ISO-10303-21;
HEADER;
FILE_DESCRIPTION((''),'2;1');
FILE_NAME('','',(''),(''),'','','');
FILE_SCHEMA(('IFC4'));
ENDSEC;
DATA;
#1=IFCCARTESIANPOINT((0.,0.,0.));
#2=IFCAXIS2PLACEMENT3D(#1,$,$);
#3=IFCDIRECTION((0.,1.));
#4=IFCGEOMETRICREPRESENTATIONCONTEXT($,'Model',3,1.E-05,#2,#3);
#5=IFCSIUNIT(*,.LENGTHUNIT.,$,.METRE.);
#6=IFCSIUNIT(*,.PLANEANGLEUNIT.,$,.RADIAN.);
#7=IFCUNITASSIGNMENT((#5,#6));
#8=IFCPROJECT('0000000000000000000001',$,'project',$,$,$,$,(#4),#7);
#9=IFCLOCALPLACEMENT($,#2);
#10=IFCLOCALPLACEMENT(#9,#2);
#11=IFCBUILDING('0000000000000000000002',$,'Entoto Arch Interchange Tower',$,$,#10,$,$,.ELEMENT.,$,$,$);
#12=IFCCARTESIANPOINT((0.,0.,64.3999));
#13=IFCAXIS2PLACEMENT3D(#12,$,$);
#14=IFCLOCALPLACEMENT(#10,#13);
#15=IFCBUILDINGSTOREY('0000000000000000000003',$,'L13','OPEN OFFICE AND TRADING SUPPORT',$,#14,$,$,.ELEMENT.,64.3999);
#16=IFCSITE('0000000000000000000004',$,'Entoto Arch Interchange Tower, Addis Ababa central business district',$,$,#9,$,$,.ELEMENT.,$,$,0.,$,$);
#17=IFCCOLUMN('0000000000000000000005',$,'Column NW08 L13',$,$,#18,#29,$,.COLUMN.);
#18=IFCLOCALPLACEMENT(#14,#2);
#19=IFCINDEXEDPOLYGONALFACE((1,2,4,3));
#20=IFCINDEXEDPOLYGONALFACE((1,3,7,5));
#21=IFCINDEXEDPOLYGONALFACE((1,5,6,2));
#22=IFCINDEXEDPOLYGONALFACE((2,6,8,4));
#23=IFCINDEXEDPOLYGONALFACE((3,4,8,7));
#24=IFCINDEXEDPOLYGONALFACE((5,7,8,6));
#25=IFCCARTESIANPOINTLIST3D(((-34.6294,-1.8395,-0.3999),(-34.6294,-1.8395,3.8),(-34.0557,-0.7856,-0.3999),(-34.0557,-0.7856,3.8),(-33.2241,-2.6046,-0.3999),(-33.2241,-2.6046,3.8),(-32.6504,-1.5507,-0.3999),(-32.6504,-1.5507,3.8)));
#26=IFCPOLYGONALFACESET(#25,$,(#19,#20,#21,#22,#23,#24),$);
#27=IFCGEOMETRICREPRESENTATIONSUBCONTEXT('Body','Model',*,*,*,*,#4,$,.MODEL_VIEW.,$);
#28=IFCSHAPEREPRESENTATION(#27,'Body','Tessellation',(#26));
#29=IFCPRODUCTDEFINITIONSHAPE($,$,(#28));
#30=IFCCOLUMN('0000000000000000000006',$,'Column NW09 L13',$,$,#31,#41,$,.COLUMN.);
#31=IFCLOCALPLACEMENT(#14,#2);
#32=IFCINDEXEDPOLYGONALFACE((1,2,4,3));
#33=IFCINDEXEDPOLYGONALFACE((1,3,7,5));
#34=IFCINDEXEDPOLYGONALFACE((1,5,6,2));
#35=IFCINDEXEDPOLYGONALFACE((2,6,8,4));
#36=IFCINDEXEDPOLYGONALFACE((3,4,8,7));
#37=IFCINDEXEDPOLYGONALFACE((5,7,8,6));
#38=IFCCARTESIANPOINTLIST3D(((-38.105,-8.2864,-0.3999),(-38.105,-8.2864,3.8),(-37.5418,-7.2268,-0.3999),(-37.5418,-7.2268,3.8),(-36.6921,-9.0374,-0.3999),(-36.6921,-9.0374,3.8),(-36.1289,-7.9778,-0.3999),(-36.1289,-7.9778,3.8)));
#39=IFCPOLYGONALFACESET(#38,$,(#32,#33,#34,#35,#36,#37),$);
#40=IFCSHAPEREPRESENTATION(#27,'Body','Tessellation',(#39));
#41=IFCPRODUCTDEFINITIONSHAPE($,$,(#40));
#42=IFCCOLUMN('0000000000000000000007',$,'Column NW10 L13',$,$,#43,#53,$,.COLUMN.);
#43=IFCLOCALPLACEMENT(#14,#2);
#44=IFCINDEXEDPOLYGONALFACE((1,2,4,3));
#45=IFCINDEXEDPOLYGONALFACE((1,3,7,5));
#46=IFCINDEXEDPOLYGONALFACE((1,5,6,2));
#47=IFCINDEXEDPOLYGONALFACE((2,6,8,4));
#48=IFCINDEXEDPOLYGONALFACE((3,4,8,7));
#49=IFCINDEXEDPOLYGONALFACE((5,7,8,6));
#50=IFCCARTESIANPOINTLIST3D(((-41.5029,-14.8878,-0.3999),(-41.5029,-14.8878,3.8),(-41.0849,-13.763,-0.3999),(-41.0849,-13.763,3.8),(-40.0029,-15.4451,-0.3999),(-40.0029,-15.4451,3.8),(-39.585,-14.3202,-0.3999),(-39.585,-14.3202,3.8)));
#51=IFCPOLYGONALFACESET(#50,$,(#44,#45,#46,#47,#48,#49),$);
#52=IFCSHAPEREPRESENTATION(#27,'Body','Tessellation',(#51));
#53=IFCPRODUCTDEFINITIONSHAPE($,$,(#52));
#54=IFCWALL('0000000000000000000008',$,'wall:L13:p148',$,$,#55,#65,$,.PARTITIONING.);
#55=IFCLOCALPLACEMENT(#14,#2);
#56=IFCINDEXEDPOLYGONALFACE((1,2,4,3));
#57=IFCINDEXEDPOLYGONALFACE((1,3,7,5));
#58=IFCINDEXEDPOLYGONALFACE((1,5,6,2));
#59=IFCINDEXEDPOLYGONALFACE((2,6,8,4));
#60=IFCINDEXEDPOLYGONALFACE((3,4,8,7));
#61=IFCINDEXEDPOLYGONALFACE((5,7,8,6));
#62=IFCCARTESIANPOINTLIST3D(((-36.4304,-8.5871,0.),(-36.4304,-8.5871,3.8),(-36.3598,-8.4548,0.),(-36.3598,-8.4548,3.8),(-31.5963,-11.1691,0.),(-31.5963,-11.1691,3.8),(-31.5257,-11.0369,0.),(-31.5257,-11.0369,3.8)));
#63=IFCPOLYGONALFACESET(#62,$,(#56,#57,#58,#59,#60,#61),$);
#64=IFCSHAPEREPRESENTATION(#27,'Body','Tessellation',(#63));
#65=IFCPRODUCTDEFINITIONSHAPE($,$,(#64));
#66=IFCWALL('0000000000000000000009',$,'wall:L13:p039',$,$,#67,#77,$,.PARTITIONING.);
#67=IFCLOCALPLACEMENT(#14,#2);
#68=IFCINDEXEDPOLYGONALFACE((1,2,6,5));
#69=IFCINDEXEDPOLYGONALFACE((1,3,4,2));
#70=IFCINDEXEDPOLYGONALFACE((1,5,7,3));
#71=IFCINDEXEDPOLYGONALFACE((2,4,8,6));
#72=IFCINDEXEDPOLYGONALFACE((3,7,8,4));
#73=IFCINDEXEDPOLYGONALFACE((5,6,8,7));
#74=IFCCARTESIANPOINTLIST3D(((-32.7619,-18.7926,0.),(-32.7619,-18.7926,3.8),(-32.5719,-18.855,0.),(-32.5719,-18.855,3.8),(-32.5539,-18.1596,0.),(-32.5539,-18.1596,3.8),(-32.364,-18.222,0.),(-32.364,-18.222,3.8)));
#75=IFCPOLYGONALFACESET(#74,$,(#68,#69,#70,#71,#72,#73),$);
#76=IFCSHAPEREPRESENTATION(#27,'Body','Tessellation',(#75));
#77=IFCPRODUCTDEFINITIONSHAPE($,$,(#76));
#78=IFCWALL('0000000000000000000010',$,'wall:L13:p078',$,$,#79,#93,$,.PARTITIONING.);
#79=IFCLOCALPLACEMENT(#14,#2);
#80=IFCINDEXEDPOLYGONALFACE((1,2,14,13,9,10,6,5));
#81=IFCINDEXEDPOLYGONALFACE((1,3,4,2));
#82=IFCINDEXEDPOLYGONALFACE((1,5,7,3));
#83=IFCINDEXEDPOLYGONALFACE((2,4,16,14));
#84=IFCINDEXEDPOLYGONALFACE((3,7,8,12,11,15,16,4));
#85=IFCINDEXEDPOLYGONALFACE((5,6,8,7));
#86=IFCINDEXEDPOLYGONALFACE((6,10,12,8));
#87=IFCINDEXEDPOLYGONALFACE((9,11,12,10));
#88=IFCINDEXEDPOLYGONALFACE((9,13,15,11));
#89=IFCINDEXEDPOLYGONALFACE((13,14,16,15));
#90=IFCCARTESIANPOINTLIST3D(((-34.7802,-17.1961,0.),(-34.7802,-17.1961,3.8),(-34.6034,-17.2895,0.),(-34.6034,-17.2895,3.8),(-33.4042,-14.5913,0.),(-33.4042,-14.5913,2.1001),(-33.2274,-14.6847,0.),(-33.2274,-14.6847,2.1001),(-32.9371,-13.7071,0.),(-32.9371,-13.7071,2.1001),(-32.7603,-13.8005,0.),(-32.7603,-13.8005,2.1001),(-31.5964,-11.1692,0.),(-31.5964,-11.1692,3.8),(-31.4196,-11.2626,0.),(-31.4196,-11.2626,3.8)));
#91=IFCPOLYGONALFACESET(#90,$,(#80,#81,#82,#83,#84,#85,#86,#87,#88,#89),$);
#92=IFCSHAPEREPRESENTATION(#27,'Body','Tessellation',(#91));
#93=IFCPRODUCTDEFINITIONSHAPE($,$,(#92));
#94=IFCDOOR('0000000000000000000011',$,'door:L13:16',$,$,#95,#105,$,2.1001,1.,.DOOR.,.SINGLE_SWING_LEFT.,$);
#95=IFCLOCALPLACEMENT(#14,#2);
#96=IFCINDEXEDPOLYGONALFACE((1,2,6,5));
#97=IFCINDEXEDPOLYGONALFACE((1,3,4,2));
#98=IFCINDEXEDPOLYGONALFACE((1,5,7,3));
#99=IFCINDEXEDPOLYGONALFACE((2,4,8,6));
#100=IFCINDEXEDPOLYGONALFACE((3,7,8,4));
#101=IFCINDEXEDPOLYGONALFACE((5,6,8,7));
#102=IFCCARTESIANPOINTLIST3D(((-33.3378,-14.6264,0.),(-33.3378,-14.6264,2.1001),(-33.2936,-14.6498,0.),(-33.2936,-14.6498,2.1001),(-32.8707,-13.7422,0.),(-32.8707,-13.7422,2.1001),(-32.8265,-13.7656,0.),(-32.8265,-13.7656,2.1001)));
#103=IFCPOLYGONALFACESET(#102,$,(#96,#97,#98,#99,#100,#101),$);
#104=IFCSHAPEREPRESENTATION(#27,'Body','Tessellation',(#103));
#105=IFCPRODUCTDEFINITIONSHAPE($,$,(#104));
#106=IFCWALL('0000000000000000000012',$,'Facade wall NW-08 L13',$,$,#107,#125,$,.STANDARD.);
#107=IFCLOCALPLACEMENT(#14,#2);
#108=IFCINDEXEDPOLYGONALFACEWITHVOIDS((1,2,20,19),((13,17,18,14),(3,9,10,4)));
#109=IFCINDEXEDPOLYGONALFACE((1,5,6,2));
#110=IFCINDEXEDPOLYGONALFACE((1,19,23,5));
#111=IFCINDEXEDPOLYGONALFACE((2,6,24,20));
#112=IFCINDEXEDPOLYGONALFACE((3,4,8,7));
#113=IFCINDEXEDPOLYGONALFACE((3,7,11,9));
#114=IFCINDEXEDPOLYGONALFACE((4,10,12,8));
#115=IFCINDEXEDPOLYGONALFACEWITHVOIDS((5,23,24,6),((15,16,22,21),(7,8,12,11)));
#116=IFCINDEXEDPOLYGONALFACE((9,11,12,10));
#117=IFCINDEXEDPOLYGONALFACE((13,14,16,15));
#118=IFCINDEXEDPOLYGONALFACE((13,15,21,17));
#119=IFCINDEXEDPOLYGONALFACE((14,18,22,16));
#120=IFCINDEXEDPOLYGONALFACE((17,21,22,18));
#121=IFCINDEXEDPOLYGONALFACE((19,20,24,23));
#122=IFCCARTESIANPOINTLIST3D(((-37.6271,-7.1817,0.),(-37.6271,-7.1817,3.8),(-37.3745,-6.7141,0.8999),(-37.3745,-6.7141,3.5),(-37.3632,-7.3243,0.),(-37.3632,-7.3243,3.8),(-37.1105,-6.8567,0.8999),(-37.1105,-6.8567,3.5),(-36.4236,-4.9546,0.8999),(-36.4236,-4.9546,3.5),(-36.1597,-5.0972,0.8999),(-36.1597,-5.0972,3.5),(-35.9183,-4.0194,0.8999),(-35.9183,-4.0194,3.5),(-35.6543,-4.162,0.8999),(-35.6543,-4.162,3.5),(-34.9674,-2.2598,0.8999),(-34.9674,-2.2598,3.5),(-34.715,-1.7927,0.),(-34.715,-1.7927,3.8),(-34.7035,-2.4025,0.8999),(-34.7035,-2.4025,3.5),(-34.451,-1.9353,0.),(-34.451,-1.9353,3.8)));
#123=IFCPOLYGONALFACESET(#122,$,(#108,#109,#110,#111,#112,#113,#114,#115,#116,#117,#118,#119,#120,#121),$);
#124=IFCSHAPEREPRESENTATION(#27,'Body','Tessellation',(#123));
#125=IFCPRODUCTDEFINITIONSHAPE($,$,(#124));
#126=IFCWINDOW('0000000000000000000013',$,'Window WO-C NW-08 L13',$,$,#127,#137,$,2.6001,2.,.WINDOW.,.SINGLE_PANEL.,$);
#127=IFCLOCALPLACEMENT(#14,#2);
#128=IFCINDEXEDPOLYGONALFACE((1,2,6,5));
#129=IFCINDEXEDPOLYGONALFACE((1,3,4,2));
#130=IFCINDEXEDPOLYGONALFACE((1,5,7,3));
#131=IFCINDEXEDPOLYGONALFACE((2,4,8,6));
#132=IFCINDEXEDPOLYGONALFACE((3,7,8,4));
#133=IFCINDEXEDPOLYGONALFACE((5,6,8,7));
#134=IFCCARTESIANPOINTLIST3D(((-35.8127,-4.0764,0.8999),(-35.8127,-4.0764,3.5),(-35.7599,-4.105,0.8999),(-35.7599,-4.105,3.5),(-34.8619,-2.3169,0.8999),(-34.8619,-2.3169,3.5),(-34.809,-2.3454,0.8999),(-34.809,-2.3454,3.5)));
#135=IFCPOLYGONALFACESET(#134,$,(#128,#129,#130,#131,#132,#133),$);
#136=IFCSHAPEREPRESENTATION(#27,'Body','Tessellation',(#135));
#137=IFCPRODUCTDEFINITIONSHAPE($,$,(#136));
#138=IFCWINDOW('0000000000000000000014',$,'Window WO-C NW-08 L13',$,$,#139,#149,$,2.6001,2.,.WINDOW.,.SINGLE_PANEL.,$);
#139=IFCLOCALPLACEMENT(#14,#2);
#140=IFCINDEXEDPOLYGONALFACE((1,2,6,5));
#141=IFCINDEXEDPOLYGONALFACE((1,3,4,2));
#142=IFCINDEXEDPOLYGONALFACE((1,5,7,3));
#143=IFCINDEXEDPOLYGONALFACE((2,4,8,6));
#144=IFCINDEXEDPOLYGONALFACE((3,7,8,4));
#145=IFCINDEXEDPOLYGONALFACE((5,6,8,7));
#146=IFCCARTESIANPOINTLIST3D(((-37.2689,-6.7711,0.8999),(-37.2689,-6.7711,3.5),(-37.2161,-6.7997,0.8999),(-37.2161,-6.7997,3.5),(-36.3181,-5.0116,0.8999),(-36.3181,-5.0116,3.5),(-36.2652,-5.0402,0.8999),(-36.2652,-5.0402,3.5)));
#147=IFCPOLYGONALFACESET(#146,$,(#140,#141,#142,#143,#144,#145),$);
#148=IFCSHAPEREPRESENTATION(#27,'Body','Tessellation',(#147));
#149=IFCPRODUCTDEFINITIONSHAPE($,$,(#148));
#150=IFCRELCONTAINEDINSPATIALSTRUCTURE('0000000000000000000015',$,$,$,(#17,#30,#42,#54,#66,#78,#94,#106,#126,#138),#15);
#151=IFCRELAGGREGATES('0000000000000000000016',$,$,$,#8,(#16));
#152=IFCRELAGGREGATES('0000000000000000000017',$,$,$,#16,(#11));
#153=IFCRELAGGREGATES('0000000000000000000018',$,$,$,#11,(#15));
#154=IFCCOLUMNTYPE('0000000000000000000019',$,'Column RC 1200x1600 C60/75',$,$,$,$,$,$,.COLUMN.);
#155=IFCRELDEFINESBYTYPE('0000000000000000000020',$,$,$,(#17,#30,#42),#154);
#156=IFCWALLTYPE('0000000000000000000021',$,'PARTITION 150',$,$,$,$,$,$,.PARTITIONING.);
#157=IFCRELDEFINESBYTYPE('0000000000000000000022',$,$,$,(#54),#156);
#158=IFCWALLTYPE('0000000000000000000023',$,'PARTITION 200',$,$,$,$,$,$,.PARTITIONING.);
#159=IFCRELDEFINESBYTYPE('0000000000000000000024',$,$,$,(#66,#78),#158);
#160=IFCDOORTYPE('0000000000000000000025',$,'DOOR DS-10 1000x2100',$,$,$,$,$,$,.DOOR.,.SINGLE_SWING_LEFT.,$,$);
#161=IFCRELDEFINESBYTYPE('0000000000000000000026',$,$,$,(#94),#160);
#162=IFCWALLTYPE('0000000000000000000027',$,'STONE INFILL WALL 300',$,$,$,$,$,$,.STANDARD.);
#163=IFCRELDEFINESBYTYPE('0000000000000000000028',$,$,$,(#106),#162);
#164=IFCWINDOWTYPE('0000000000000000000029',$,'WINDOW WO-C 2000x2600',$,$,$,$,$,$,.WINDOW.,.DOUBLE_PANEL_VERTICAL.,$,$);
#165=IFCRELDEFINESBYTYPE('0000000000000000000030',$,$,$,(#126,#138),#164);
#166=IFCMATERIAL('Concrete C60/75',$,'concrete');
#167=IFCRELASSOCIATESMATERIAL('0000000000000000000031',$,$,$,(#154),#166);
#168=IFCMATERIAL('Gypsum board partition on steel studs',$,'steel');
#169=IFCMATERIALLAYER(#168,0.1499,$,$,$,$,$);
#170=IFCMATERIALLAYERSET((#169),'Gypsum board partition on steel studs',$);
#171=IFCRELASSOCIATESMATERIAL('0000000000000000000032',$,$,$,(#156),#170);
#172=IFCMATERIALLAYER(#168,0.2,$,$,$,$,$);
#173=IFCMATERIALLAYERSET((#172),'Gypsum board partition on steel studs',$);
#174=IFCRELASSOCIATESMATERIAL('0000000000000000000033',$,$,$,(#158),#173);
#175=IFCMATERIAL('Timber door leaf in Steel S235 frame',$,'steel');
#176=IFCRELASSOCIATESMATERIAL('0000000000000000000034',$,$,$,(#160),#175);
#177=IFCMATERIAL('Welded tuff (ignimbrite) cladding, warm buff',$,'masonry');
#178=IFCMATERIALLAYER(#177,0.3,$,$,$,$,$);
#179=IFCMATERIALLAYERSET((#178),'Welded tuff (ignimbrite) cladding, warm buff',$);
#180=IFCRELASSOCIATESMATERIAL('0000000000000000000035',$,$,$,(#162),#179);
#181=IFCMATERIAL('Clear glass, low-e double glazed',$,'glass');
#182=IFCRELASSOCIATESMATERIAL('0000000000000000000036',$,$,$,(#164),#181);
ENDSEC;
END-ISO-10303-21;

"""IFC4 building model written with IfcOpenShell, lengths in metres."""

from ifc_helpers import new_model, si_unit, direction, frame, frame_2d, origin, origin_2d, place, context, subcontext, project, spatial, rectangle, extrude, material, layer, layer_set, material_profile, profile_set, type_object, element, fill, save


model = new_model("IFC4")

# Units and contexts
model_context = context("Model", 3, precision=1e-05, world=origin(), true_north=direction((0.0, 1.0)))
body_context = subcontext(model_context, "Body", "Model", "MODEL_VIEW")
ifc_project = project(units=[si_unit("LENGTHUNIT", "METRE"), si_unit("PLANEANGLEUNIT", "RADIAN")], contexts=[model_context])

# Site, building, storey
site_placement = place(None, origin())
site = spatial("IfcSite", under=ifc_project, at=site_placement, Name="Entoto Arch Interchange Tower, Addis Ababa central business district", CompositionType="ELEMENT", RefElevation=0.0)
building_placement = place(site_placement, origin())
building = spatial("IfcBuilding", under=site, at=building_placement, Name="Entoto Arch Interchange Tower", CompositionType="ELEMENT")
storey_placement = place(building_placement, frame((0.0, 0.0, 64.3999)))
storey = spatial("IfcBuildingStorey", under=building, at=storey_placement, Name="L13", Description="OPEN OFFICE AND TRADING SUPPORT", CompositionType="ELEMENT", Elevation=64.3999)

# Columns
ifc_material_1 = material(Name="Concrete C60/75", Category="concrete")
ifc_material_profile = material_profile(ifc_material_1, rectangle(XDim=1.2, YDim=1.6001, at=origin_2d()))
ifc_profile_set = profile_set([ifc_material_profile], Name="Concrete C60/75")
column_type = type_object("IfcColumnType", Name="Column RC 1200x1600 C60/75", PredefinedType="COLUMN", material=ifc_profile_set)
for number, where, z_axis, x_axis, name in (
    (1, (-33.6399, -1.6951, -0.3999), (0.0, 0.0, 1.0), (0.47814, 0.878284, 0.0), "Column NW08 L13"),
    (2, (-37.1169, -8.1321, -0.3999), (0.0, 0.0, 1.0), (0.469317, 0.88303, 0.0), "Column NW09 L13"),
    (3, (-40.5439, -14.604, -0.3999), (0.0, 0.0, 1.0), (0.348278, 0.937391, 0.0), "Column NW10 L13"),
):
    element("IfcColumn", number, at=place(storey_placement, frame(where, z_axis=z_axis, x_axis=x_axis)), inside=storey, type_object=column_type, Name=name, PredefinedType="COLUMN", context=body_context, shape_type="SweptSolid", body=[
        extrude(rectangle(XDim=1.2, YDim=1.6001, at=origin_2d()), origin(), (0.0, 0.0, 1.0), 4.2),
    ])

# Walls
ifc_material_2 = material(Name="Gypsum board partition on steel studs", Category="steel")
ifc_layer_1 = layer(ifc_material_2, 0.1499)
ifc_layer_set_1 = layer_set([ifc_layer_1], Name="Gypsum board partition on steel studs")
wall_type_1 = type_object("IfcWallType", Name="PARTITION 150", PredefinedType="PARTITIONING", material=ifc_layer_set_1)
wall_1_placement = place(storey_placement, frame((-31.561, -11.103, 0.0), z_axis=(0.0, 0.0, 1.0), x_axis=(-0.882057, 0.471143, 0.0)))
element("IfcWall", 4, at=wall_1_placement, inside=storey, type_object=wall_type_1, Name="wall:L13:p148", PredefinedType="PARTITIONING", context=body_context, shape_type="SweptSolid", body=[
    extrude(rectangle(XDim=5.4805, YDim=0.1499, at=frame_2d((2.7402, 0.0))), origin(), (0.0, 0.0, 1.0), 3.8),
])
ifc_layer_2 = layer(ifc_material_2, 0.2)
ifc_layer_set_2 = layer_set([ifc_layer_2], Name="Gypsum board partition on steel studs")
wall_type_2 = type_object("IfcWallType", Name="PARTITION 200", PredefinedType="PARTITIONING", material=ifc_layer_set_2)
wall_2_placement = place(storey_placement, frame((-32.459, -18.1909, 0.0), z_axis=(0.0, 0.0, 1.0), x_axis=(-0.312158, -0.95003, 0.0)))
element("IfcWall", 5, at=wall_2_placement, inside=storey, type_object=wall_type_2, Name="wall:L13:p039", PredefinedType="PARTITIONING", context=body_context, shape_type="SweptSolid", body=[
    extrude(rectangle(XDim=0.6663, YDim=0.2, at=frame_2d((0.333, 0.0))), origin(), (0.0, 0.0, 1.0), 3.8),
])

# Wall, opening, door
wall_3_placement = place(storey_placement, frame((-34.6919, -17.2429, 0.0), z_axis=(0.0, 0.0, 1.0), x_axis=(0.467103, 0.884203, 0.0)))
wall_3 = element("IfcWall", 6, at=wall_3_placement, inside=storey, type_object=wall_type_2, Name="wall:L13:p078", PredefinedType="PARTITIONING", context=body_context, shape_type="SweptSolid", body=[
    extrude(rectangle(XDim=6.8162, YDim=0.2, at=frame_2d((3.4082, 0.0))), origin(), (0.0, 0.0, 1.0), 3.8),
])
opening_1_placement = place(wall_3_placement, frame((2.946, 0.0, 0.0)))
opening_1 = element("IfcOpeningElement", 7, at=opening_1_placement, cuts=wall_3, PredefinedType="OPENING", context=body_context, shape_type="SweptSolid", body=[
    extrude(rectangle(XDim=1.0, YDim=2.1001, at=frame_2d((0.5, 1.05))), frame((0.0, 0.1099, 0.0), z_axis=(0.0, -1.0, 0.0), x_axis=(1.0, 0.0, 0.0)), (0.0, 0.0, 1.0), 0.22),
])
ifc_material_3 = material(Name="Timber door leaf in Steel S235 frame", Category="steel")
door_type = type_object("IfcDoorType", Name="DOOR DS-10 1000x2100", OperationType="SINGLE_SWING_LEFT", PredefinedType="DOOR", material=ifc_material_3)
door_placement = place(opening_1_placement, origin())
door = element("IfcDoor", 8, at=door_placement, inside=storey, type_object=door_type, Name="door:L13:16", OperationType="SINGLE_SWING_LEFT", OverallHeight=2.1001, OverallWidth=1.0, PredefinedType="DOOR", context=body_context, shape_type="SweptSolid", body=[
    extrude(rectangle(XDim=1.0, YDim=2.1001, at=frame_2d((0.5, 1.05))), frame((0.0, 0.0249, 0.0), z_axis=(0.0, -1.0, 0.0), x_axis=(1.0, 0.0, 0.0)), (0.0, 0.0, 1.0), 0.05),
])
fill(opening_1, door)

# Wall, openings, windows
ifc_material_4 = material(Name="Welded tuff (ignimbrite) cladding, warm buff", Category="masonry")
ifc_layer_3 = layer(ifc_material_4, 0.3)
ifc_layer_set_3 = layer_set([ifc_layer_3], Name="Welded tuff (ignimbrite) cladding, warm buff")
wall_type_3 = type_object("IfcWallType", Name="STONE INFILL WALL 300", PredefinedType="STANDARD", material=ifc_layer_set_3)
wall_4_placement = place(storey_placement, frame((-34.583, -1.864, 0.0), z_axis=(0.0, 0.0, 1.0), x_axis=(-0.475414, -0.879762, 0.0)))
wall_4 = element("IfcWall", 9, at=wall_4_placement, inside=storey, type_object=wall_type_3, Name="Facade wall NW-08 L13", PredefinedType="STANDARD", context=body_context, shape_type="SweptSolid", body=[
    extrude(rectangle(XDim=6.1255, YDim=0.3, at=frame_2d((3.0627, 0.0))), origin(), (0.0, 0.0, 1.0), 3.8),
])
opening_2_placement = place(wall_4_placement, frame((0.531, 0.0, 0.8999)))
opening_2 = element("IfcOpeningElement", 10, at=opening_2_placement, cuts=wall_4, PredefinedType="OPENING", context=body_context, shape_type="SweptSolid", body=[
    extrude(rectangle(XDim=2.0, YDim=2.6001, at=frame_2d((1.0, 1.3))), frame((0.0, 0.1602, 0.0), z_axis=(0.0, -1.0, 0.0), x_axis=(1.0, 0.0, 0.0)), (0.0, 0.0, 1.0), 0.3201),
])
opening_3_placement = place(wall_4_placement, frame((3.594, 0.0, 0.8999)))
opening_3 = element("IfcOpeningElement", 11, at=opening_3_placement, cuts=wall_4, PredefinedType="OPENING", context=body_context, shape_type="SweptSolid", body=[
    extrude(rectangle(XDim=2.0, YDim=2.6001, at=frame_2d((1.0, 1.3))), frame((0.0, 0.1602, 0.0), z_axis=(0.0, -1.0, 0.0), x_axis=(1.0, 0.0, 0.0)), (0.0, 0.0, 1.0), 0.3201),
])
ifc_material_5 = material(Name="Clear glass, low-e double glazed", Category="glass")
window_type_1 = type_object("IfcWindowType", Name="WINDOW WO-C 2000x2600", PartitioningType="DOUBLE_PANEL_VERTICAL", PredefinedType="WINDOW", material=ifc_material_5)
window_1_placement = place(opening_2_placement, origin())
window_1 = element("IfcWindow", 12, at=window_1_placement, inside=storey, type_object=window_type_1, Name="Window WO-C NW-08 L13", OverallHeight=2.6001, OverallWidth=2.0, PartitioningType="SINGLE_PANEL", PredefinedType="WINDOW", context=body_context, shape_type="SweptSolid", body=[
    extrude(rectangle(XDim=2.0, YDim=2.6001, at=frame_2d((1.0, 1.3))), frame((0.0, 0.03, 0.0), z_axis=(0.0, -1.0, 0.0), x_axis=(1.0, 0.0, 0.0)), (0.0, 0.0, 1.0), 0.0601),
])
fill(opening_2, window_1)
window_2_placement = place(opening_3_placement, origin())
window_2 = element("IfcWindow", 13, at=window_2_placement, inside=storey, type_object=window_type_1, Name="Window WO-C NW-08 L13", OverallHeight=2.6001, OverallWidth=2.0, PartitioningType="SINGLE_PANEL", PredefinedType="WINDOW", context=body_context, shape_type="SweptSolid", body=[
    extrude(rectangle(XDim=2.0, YDim=2.6001, at=frame_2d((1.0, 1.3))), frame((0.0, 0.03, 0.0), z_axis=(0.0, -1.0, 0.0), x_axis=(1.0, 0.0, 0.0)), (0.0, 0.0, 1.0), 0.0601),
])
fill(opening_3, window_2)

save(model, "model.ifc")
